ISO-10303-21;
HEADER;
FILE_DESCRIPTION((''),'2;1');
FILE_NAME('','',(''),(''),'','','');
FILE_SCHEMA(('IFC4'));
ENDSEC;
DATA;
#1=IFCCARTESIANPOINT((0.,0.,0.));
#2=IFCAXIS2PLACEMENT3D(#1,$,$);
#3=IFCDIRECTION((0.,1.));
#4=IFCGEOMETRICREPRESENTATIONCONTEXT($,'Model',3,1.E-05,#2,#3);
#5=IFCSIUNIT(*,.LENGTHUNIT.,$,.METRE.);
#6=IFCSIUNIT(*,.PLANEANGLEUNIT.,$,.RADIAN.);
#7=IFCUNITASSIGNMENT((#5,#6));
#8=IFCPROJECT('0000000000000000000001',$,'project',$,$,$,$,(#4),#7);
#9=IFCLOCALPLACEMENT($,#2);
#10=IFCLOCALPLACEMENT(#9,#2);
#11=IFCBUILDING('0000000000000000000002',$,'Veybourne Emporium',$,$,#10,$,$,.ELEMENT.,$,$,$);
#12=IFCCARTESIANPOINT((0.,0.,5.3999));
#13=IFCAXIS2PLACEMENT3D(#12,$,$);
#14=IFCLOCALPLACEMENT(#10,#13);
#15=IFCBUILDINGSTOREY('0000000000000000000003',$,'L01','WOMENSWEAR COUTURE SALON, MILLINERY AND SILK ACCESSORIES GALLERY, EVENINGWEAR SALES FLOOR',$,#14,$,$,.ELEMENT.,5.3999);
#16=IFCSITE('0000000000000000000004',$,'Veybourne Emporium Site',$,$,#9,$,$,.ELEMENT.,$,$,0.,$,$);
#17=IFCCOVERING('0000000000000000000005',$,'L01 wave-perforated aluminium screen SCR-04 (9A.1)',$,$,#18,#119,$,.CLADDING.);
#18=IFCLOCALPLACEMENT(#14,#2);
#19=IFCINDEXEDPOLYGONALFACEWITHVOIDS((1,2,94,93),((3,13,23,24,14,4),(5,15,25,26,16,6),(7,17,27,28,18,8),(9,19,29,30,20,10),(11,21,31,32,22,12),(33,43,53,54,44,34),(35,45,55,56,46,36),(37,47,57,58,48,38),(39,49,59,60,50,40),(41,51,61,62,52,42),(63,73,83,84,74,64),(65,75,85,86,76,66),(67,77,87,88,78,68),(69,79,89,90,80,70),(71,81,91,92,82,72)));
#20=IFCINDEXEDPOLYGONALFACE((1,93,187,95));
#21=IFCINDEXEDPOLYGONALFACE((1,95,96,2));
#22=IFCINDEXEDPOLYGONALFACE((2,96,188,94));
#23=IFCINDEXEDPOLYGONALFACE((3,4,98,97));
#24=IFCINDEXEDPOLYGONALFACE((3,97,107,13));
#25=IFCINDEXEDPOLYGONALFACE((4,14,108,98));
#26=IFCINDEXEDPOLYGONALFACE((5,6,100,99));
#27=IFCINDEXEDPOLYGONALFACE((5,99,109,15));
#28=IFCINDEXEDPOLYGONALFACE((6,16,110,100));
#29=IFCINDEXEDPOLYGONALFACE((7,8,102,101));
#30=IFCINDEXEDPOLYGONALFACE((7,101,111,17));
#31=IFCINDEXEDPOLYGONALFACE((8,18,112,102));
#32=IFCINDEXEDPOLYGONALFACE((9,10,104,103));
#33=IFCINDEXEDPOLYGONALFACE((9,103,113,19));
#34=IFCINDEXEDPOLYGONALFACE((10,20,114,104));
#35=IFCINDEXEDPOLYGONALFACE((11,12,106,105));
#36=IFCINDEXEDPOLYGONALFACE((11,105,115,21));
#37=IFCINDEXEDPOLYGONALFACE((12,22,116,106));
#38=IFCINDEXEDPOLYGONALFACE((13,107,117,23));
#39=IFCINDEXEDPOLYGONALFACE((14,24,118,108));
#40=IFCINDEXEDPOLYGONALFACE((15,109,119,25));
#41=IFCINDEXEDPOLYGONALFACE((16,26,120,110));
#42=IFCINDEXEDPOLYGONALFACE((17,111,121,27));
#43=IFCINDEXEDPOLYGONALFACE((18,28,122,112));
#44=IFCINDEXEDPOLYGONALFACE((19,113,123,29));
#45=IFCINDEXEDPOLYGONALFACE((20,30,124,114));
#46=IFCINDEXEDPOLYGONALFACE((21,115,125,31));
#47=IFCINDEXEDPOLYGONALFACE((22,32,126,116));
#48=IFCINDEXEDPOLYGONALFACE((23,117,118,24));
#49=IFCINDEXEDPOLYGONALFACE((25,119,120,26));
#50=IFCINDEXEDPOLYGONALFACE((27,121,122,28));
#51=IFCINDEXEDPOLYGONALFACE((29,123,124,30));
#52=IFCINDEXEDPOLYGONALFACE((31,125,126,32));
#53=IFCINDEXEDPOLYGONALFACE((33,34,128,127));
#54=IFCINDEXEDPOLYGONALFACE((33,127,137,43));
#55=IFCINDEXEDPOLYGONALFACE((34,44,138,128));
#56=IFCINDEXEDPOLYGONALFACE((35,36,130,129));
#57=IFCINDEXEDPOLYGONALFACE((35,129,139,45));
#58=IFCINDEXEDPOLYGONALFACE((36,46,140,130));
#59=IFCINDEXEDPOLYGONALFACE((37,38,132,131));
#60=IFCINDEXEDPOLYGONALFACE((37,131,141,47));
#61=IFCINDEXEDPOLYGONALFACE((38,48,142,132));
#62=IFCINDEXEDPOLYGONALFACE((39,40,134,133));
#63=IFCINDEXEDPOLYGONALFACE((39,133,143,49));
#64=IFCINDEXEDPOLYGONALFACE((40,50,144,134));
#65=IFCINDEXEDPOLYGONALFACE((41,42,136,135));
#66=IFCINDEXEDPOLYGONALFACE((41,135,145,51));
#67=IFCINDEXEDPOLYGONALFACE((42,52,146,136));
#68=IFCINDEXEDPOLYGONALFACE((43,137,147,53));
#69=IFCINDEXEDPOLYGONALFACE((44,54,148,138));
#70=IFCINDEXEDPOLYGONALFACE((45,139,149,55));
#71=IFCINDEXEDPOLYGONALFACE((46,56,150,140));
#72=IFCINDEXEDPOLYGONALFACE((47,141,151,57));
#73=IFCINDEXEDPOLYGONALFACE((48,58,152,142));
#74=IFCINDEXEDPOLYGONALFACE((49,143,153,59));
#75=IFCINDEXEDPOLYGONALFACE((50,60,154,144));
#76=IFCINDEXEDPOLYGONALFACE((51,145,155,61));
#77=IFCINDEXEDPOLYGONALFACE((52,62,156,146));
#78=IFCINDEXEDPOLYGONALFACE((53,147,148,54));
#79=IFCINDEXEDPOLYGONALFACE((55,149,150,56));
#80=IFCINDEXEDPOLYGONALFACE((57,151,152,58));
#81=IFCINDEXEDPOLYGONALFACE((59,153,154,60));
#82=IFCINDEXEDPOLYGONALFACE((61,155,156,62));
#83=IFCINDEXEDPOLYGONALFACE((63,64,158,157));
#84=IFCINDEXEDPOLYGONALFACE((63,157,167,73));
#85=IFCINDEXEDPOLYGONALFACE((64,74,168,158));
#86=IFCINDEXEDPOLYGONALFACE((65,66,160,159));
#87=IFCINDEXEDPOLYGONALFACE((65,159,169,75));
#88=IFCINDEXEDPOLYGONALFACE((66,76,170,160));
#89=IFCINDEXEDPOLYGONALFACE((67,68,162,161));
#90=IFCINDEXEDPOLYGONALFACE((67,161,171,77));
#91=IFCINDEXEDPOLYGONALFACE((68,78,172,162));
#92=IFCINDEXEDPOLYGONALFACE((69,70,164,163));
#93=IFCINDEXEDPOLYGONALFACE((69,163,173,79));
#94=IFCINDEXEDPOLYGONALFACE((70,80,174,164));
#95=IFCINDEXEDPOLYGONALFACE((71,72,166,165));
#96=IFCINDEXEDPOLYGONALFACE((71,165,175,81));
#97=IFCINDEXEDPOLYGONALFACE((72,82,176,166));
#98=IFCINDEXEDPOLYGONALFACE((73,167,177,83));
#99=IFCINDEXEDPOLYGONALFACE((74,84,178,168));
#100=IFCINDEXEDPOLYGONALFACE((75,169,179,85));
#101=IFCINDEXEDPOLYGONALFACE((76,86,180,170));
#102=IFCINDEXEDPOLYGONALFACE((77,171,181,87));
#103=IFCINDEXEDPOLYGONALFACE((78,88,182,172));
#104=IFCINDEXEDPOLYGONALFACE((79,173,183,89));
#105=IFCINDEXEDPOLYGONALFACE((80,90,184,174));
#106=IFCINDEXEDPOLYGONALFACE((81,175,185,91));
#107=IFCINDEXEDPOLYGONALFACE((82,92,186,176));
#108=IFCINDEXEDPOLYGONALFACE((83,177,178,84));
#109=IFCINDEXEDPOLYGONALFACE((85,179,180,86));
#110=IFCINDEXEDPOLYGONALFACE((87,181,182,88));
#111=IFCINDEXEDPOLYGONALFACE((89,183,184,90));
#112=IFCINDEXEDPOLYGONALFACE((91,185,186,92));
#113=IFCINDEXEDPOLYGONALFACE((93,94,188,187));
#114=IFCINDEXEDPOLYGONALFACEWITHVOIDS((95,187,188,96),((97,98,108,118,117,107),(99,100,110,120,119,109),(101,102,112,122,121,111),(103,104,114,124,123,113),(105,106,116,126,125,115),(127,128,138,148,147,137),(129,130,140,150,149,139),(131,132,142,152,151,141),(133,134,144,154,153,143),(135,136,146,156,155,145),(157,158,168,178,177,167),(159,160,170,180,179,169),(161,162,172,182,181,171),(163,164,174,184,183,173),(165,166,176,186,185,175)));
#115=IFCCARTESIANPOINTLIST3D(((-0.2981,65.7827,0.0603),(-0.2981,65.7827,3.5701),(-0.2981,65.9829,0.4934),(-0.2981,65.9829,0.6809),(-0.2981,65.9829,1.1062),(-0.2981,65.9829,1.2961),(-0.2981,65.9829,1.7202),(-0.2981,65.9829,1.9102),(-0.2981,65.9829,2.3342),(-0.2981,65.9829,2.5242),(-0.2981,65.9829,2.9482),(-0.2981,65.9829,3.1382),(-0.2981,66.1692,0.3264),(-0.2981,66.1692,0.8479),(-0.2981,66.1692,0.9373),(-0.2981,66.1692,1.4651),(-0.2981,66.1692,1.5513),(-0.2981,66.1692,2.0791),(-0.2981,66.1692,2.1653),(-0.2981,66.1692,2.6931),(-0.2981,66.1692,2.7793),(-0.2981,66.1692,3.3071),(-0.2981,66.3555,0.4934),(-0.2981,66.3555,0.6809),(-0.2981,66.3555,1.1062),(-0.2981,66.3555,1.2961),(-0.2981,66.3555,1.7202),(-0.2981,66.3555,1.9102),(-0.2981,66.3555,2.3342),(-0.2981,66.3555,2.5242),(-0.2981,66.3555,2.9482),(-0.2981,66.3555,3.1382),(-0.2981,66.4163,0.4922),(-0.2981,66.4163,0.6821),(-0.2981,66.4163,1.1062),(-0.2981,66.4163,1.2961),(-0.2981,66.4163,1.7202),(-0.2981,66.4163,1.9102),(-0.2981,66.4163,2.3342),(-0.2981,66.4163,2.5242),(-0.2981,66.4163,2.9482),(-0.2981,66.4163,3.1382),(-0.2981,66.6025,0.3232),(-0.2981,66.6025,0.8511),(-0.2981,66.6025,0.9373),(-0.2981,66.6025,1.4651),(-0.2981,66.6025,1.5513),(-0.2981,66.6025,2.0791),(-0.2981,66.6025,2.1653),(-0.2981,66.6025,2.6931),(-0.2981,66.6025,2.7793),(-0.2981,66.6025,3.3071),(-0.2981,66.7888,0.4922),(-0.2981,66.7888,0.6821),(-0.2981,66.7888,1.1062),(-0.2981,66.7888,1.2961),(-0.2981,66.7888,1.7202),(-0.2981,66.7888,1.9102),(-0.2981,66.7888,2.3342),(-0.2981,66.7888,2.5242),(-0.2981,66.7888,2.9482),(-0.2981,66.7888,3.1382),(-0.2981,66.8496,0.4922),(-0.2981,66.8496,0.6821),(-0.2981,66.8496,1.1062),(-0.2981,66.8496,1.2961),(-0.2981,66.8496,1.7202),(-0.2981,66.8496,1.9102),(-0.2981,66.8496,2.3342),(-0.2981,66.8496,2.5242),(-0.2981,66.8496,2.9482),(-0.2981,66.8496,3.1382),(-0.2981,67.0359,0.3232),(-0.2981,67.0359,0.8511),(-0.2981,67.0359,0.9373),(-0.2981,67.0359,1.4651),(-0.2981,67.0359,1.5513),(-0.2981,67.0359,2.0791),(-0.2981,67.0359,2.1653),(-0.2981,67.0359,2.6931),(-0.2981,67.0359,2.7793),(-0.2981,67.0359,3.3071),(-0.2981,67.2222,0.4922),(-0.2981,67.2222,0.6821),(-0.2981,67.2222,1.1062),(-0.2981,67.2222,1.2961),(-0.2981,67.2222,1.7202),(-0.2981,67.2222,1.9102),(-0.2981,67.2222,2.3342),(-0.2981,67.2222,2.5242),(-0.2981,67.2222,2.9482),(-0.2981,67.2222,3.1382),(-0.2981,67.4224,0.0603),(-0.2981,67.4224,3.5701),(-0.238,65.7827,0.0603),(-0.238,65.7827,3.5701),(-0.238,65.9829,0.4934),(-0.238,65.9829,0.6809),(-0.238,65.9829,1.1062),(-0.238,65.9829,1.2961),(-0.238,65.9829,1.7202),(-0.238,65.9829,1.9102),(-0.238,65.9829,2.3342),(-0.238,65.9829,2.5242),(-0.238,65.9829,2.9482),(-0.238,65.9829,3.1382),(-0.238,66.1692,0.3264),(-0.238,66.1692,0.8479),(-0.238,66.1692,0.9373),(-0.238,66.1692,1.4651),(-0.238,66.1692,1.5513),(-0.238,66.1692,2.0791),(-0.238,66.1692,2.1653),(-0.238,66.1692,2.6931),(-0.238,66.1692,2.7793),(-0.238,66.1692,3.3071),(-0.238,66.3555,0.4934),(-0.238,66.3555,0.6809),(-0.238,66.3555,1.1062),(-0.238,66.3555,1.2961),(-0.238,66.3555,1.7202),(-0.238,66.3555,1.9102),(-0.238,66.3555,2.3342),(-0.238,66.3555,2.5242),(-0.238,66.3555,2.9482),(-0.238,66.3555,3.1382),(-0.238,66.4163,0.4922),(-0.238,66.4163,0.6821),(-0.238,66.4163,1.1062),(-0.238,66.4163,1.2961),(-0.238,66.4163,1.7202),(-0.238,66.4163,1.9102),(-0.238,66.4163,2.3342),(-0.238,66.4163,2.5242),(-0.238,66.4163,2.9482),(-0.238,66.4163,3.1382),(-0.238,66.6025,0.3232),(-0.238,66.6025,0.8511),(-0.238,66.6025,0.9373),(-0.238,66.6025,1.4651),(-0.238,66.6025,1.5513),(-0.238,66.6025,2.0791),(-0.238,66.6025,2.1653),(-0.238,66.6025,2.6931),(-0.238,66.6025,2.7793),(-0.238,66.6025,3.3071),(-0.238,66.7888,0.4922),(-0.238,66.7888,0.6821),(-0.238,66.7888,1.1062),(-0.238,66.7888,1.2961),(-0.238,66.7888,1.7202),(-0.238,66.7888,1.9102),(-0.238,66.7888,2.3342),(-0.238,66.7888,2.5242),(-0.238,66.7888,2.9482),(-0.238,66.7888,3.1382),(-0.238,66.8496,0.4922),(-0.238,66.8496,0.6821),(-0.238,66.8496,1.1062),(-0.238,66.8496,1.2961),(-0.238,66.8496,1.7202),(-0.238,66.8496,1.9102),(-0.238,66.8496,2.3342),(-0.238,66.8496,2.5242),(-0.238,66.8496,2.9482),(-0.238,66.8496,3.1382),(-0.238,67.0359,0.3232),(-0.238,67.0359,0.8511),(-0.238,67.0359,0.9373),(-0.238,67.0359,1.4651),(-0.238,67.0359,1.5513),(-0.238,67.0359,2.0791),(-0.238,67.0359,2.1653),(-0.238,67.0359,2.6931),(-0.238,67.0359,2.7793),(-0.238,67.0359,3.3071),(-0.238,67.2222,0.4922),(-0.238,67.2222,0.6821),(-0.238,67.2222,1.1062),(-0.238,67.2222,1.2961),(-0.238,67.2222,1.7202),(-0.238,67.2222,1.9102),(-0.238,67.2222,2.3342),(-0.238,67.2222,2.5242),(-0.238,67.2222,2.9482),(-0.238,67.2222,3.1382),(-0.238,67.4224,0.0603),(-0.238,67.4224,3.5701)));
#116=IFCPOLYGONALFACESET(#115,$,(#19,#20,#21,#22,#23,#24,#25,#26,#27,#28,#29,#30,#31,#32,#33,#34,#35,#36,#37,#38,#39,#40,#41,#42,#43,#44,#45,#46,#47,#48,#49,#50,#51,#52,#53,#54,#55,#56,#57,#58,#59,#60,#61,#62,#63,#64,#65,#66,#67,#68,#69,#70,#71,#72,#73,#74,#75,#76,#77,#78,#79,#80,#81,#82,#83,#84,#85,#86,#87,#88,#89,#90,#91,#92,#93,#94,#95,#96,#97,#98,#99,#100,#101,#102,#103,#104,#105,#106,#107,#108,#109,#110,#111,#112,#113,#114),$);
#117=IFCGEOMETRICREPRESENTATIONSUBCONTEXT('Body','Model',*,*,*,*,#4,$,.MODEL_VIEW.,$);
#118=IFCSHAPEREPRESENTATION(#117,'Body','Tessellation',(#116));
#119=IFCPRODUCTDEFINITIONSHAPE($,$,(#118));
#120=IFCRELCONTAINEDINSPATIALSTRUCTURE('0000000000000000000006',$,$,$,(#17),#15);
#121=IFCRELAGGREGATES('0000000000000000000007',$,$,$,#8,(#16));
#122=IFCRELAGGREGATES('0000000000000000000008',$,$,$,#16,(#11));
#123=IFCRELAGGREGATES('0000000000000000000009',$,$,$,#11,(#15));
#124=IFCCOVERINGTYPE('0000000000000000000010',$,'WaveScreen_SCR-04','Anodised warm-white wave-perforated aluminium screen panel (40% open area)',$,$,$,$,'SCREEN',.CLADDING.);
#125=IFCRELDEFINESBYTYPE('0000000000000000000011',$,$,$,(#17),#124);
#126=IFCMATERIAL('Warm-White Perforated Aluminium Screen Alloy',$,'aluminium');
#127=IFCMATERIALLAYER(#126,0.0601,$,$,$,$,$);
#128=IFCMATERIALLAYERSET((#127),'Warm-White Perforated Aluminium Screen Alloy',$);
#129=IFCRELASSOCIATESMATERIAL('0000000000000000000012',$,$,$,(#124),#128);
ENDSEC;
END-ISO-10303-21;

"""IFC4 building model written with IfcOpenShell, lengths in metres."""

from ifc_helpers import new_model, si_unit, direction, frame, origin, place, context, subcontext, project, spatial, polyline, outline, extrude, material, layer, layer_set, type_object, element, save


model = new_model("IFC4")

# Units and contexts
model_context = context("Model", 3, precision=1e-05, world=origin(), true_north=direction((0.0, 1.0)))
body_context = subcontext(model_context, "Body", "Model", "MODEL_VIEW")
ifc_project = project(units=[si_unit("LENGTHUNIT", "METRE"), si_unit("PLANEANGLEUNIT", "RADIAN")], contexts=[model_context])

# Site, building, storey
site_placement = place(None, origin())
site = spatial("IfcSite", under=ifc_project, at=site_placement, Name="Veybourne Emporium Site", CompositionType="ELEMENT", RefElevation=0.0)
building_placement = place(site_placement, origin())
building = spatial("IfcBuilding", under=site, at=building_placement, Name="Veybourne Emporium", CompositionType="ELEMENT")
storey_placement = place(building_placement, frame((0.0, 0.0, 5.3999)))
storey = spatial("IfcBuildingStorey", under=building, at=storey_placement, Name="L01", Description="WOMENSWEAR COUTURE SALON, MILLINERY AND SILK ACCESSORIES GALLERY, EVENINGWEAR SALES FLOOR", CompositionType="ELEMENT", Elevation=5.3999)

# Covering
ifc_material_1 = material(Name="Warm-White Perforated Aluminium Screen Alloy", Category="aluminium")
ifc_layer_1 = layer(ifc_material_1, 0.0601)
ifc_layer_set_1 = layer_set([ifc_layer_1], Name="Warm-White Perforated Aluminium Screen Alloy")
covering_type_1 = type_object("IfcCoveringType", Name="WaveScreen_SCR-04", Description="Anodised warm-white wave-perforated aluminium screen panel (40% open area)", ElementType="SCREEN", PredefinedType="CLADDING", material=ifc_layer_set_1)
covering_1_placement = place(storey_placement, frame((-0.2981, 66.6025, 1.8152), z_axis=(1.0, 0.0, 0.0), x_axis=(0.0, 1.0, 0.0)))
element("IfcCovering", 1, at=covering_1_placement, inside=storey, type_object=covering_type_1, Name="L01 wave-perforated aluminium screen SCR-04 (9A.1)", PredefinedType="CLADDING", context=body_context, shape_type="SweptSolid", body=[
    extrude(outline(polyline([(-0.8198, -1.7549), (0.8198, -1.7549), (0.8198, 1.7549), (-0.8198, 1.7549), (-0.8198, -1.7549)]), holes=[polyline([(-0.4333, -0.9673), (-0.2471, -1.1343), (-0.2471, -1.3218), (-0.4333, -1.4888), (-0.6196, -1.3218), (-0.6196, -1.1343), (-0.4333, -0.9673)]), polyline([(-0.4333, -0.3501), (-0.2471, -0.519), (-0.2471, -0.709), (-0.4333, -0.8779), (-0.6196, -0.709), (-0.6196, -0.519), (-0.4333, -0.3501)]), polyline([(-0.4333, 0.2639), (-0.2471, 0.095), (-0.2471, -0.095), (-0.4333, -0.2639), (-0.6196, -0.095), (-0.6196, 0.095), (-0.4333, 0.2639)]), polyline([(-0.4333, 0.8779), (-0.2471, 0.709), (-0.2471, 0.519), (-0.4333, 0.3501), (-0.6196, 0.519), (-0.6196, 0.709), (-0.4333, 0.8779)]), polyline([(-0.4333, 1.4919), (-0.2471, 1.323), (-0.2471, 1.1331), (-0.4333, 0.9641), (-0.6196, 1.1331), (-0.6196, 1.323), (-0.4333, 1.4919)]), polyline([(0.0, -0.9641), (0.1863, -1.1331), (0.1863, -1.323), (0.0, -1.4919), (-0.1863, -1.323), (-0.1863, -1.1331), (0.0, -0.9641)]), polyline([(0.0, -0.3501), (0.1863, -0.519), (0.1863, -0.709), (0.0, -0.8779), (-0.1863, -0.709), (-0.1863, -0.519), (0.0, -0.3501)]), polyline([(0.0, 0.2639), (0.1863, 0.095), (0.1863, -0.095), (0.0, -0.2639), (-0.1863, -0.095), (-0.1863, 0.095), (0.0, 0.2639)]), polyline([(0.0, 0.8779), (0.1863, 0.709), (0.1863, 0.519), (0.0, 0.3501), (-0.1863, 0.519), (-0.1863, 0.709), (0.0, 0.8779)]), polyline([(0.0, 1.4919), (0.1863, 1.323), (0.1863, 1.1331), (0.0, 0.9641), (-0.1863, 1.1331), (-0.1863, 1.323), (0.0, 1.4919)]), polyline([(0.4333, -0.9641), (0.6196, -1.1331), (0.6196, -1.323), (0.4333, -1.4919), (0.2471, -1.323), (0.2471, -1.1331), (0.4333, -0.9641)]), polyline([(0.4333, -0.3501), (0.6196, -0.519), (0.6196, -0.709), (0.4333, -0.8779), (0.2471, -0.709), (0.2471, -0.519), (0.4333, -0.3501)]), polyline([(0.4333, 0.2639), (0.6196, 0.095), (0.6196, -0.095), (0.4333, -0.2639), (0.2471, -0.095), (0.2471, 0.095), (0.4333, 0.2639)]), polyline([(0.4333, 0.8779), (0.6196, 0.709), (0.6196, 0.519), (0.4333, 0.3501), (0.2471, 0.519), (0.2471, 0.709), (0.4333, 0.8779)]), polyline([(0.4333, 1.4919), (0.6196, 1.323), (0.6196, 1.1331), (0.4333, 0.9641), (0.2471, 1.1331), (0.2471, 1.323), (0.4333, 1.4919)])]), origin(), (0.0, 0.0, 1.0), 0.0601),
])

save(model, "model.ifc")
